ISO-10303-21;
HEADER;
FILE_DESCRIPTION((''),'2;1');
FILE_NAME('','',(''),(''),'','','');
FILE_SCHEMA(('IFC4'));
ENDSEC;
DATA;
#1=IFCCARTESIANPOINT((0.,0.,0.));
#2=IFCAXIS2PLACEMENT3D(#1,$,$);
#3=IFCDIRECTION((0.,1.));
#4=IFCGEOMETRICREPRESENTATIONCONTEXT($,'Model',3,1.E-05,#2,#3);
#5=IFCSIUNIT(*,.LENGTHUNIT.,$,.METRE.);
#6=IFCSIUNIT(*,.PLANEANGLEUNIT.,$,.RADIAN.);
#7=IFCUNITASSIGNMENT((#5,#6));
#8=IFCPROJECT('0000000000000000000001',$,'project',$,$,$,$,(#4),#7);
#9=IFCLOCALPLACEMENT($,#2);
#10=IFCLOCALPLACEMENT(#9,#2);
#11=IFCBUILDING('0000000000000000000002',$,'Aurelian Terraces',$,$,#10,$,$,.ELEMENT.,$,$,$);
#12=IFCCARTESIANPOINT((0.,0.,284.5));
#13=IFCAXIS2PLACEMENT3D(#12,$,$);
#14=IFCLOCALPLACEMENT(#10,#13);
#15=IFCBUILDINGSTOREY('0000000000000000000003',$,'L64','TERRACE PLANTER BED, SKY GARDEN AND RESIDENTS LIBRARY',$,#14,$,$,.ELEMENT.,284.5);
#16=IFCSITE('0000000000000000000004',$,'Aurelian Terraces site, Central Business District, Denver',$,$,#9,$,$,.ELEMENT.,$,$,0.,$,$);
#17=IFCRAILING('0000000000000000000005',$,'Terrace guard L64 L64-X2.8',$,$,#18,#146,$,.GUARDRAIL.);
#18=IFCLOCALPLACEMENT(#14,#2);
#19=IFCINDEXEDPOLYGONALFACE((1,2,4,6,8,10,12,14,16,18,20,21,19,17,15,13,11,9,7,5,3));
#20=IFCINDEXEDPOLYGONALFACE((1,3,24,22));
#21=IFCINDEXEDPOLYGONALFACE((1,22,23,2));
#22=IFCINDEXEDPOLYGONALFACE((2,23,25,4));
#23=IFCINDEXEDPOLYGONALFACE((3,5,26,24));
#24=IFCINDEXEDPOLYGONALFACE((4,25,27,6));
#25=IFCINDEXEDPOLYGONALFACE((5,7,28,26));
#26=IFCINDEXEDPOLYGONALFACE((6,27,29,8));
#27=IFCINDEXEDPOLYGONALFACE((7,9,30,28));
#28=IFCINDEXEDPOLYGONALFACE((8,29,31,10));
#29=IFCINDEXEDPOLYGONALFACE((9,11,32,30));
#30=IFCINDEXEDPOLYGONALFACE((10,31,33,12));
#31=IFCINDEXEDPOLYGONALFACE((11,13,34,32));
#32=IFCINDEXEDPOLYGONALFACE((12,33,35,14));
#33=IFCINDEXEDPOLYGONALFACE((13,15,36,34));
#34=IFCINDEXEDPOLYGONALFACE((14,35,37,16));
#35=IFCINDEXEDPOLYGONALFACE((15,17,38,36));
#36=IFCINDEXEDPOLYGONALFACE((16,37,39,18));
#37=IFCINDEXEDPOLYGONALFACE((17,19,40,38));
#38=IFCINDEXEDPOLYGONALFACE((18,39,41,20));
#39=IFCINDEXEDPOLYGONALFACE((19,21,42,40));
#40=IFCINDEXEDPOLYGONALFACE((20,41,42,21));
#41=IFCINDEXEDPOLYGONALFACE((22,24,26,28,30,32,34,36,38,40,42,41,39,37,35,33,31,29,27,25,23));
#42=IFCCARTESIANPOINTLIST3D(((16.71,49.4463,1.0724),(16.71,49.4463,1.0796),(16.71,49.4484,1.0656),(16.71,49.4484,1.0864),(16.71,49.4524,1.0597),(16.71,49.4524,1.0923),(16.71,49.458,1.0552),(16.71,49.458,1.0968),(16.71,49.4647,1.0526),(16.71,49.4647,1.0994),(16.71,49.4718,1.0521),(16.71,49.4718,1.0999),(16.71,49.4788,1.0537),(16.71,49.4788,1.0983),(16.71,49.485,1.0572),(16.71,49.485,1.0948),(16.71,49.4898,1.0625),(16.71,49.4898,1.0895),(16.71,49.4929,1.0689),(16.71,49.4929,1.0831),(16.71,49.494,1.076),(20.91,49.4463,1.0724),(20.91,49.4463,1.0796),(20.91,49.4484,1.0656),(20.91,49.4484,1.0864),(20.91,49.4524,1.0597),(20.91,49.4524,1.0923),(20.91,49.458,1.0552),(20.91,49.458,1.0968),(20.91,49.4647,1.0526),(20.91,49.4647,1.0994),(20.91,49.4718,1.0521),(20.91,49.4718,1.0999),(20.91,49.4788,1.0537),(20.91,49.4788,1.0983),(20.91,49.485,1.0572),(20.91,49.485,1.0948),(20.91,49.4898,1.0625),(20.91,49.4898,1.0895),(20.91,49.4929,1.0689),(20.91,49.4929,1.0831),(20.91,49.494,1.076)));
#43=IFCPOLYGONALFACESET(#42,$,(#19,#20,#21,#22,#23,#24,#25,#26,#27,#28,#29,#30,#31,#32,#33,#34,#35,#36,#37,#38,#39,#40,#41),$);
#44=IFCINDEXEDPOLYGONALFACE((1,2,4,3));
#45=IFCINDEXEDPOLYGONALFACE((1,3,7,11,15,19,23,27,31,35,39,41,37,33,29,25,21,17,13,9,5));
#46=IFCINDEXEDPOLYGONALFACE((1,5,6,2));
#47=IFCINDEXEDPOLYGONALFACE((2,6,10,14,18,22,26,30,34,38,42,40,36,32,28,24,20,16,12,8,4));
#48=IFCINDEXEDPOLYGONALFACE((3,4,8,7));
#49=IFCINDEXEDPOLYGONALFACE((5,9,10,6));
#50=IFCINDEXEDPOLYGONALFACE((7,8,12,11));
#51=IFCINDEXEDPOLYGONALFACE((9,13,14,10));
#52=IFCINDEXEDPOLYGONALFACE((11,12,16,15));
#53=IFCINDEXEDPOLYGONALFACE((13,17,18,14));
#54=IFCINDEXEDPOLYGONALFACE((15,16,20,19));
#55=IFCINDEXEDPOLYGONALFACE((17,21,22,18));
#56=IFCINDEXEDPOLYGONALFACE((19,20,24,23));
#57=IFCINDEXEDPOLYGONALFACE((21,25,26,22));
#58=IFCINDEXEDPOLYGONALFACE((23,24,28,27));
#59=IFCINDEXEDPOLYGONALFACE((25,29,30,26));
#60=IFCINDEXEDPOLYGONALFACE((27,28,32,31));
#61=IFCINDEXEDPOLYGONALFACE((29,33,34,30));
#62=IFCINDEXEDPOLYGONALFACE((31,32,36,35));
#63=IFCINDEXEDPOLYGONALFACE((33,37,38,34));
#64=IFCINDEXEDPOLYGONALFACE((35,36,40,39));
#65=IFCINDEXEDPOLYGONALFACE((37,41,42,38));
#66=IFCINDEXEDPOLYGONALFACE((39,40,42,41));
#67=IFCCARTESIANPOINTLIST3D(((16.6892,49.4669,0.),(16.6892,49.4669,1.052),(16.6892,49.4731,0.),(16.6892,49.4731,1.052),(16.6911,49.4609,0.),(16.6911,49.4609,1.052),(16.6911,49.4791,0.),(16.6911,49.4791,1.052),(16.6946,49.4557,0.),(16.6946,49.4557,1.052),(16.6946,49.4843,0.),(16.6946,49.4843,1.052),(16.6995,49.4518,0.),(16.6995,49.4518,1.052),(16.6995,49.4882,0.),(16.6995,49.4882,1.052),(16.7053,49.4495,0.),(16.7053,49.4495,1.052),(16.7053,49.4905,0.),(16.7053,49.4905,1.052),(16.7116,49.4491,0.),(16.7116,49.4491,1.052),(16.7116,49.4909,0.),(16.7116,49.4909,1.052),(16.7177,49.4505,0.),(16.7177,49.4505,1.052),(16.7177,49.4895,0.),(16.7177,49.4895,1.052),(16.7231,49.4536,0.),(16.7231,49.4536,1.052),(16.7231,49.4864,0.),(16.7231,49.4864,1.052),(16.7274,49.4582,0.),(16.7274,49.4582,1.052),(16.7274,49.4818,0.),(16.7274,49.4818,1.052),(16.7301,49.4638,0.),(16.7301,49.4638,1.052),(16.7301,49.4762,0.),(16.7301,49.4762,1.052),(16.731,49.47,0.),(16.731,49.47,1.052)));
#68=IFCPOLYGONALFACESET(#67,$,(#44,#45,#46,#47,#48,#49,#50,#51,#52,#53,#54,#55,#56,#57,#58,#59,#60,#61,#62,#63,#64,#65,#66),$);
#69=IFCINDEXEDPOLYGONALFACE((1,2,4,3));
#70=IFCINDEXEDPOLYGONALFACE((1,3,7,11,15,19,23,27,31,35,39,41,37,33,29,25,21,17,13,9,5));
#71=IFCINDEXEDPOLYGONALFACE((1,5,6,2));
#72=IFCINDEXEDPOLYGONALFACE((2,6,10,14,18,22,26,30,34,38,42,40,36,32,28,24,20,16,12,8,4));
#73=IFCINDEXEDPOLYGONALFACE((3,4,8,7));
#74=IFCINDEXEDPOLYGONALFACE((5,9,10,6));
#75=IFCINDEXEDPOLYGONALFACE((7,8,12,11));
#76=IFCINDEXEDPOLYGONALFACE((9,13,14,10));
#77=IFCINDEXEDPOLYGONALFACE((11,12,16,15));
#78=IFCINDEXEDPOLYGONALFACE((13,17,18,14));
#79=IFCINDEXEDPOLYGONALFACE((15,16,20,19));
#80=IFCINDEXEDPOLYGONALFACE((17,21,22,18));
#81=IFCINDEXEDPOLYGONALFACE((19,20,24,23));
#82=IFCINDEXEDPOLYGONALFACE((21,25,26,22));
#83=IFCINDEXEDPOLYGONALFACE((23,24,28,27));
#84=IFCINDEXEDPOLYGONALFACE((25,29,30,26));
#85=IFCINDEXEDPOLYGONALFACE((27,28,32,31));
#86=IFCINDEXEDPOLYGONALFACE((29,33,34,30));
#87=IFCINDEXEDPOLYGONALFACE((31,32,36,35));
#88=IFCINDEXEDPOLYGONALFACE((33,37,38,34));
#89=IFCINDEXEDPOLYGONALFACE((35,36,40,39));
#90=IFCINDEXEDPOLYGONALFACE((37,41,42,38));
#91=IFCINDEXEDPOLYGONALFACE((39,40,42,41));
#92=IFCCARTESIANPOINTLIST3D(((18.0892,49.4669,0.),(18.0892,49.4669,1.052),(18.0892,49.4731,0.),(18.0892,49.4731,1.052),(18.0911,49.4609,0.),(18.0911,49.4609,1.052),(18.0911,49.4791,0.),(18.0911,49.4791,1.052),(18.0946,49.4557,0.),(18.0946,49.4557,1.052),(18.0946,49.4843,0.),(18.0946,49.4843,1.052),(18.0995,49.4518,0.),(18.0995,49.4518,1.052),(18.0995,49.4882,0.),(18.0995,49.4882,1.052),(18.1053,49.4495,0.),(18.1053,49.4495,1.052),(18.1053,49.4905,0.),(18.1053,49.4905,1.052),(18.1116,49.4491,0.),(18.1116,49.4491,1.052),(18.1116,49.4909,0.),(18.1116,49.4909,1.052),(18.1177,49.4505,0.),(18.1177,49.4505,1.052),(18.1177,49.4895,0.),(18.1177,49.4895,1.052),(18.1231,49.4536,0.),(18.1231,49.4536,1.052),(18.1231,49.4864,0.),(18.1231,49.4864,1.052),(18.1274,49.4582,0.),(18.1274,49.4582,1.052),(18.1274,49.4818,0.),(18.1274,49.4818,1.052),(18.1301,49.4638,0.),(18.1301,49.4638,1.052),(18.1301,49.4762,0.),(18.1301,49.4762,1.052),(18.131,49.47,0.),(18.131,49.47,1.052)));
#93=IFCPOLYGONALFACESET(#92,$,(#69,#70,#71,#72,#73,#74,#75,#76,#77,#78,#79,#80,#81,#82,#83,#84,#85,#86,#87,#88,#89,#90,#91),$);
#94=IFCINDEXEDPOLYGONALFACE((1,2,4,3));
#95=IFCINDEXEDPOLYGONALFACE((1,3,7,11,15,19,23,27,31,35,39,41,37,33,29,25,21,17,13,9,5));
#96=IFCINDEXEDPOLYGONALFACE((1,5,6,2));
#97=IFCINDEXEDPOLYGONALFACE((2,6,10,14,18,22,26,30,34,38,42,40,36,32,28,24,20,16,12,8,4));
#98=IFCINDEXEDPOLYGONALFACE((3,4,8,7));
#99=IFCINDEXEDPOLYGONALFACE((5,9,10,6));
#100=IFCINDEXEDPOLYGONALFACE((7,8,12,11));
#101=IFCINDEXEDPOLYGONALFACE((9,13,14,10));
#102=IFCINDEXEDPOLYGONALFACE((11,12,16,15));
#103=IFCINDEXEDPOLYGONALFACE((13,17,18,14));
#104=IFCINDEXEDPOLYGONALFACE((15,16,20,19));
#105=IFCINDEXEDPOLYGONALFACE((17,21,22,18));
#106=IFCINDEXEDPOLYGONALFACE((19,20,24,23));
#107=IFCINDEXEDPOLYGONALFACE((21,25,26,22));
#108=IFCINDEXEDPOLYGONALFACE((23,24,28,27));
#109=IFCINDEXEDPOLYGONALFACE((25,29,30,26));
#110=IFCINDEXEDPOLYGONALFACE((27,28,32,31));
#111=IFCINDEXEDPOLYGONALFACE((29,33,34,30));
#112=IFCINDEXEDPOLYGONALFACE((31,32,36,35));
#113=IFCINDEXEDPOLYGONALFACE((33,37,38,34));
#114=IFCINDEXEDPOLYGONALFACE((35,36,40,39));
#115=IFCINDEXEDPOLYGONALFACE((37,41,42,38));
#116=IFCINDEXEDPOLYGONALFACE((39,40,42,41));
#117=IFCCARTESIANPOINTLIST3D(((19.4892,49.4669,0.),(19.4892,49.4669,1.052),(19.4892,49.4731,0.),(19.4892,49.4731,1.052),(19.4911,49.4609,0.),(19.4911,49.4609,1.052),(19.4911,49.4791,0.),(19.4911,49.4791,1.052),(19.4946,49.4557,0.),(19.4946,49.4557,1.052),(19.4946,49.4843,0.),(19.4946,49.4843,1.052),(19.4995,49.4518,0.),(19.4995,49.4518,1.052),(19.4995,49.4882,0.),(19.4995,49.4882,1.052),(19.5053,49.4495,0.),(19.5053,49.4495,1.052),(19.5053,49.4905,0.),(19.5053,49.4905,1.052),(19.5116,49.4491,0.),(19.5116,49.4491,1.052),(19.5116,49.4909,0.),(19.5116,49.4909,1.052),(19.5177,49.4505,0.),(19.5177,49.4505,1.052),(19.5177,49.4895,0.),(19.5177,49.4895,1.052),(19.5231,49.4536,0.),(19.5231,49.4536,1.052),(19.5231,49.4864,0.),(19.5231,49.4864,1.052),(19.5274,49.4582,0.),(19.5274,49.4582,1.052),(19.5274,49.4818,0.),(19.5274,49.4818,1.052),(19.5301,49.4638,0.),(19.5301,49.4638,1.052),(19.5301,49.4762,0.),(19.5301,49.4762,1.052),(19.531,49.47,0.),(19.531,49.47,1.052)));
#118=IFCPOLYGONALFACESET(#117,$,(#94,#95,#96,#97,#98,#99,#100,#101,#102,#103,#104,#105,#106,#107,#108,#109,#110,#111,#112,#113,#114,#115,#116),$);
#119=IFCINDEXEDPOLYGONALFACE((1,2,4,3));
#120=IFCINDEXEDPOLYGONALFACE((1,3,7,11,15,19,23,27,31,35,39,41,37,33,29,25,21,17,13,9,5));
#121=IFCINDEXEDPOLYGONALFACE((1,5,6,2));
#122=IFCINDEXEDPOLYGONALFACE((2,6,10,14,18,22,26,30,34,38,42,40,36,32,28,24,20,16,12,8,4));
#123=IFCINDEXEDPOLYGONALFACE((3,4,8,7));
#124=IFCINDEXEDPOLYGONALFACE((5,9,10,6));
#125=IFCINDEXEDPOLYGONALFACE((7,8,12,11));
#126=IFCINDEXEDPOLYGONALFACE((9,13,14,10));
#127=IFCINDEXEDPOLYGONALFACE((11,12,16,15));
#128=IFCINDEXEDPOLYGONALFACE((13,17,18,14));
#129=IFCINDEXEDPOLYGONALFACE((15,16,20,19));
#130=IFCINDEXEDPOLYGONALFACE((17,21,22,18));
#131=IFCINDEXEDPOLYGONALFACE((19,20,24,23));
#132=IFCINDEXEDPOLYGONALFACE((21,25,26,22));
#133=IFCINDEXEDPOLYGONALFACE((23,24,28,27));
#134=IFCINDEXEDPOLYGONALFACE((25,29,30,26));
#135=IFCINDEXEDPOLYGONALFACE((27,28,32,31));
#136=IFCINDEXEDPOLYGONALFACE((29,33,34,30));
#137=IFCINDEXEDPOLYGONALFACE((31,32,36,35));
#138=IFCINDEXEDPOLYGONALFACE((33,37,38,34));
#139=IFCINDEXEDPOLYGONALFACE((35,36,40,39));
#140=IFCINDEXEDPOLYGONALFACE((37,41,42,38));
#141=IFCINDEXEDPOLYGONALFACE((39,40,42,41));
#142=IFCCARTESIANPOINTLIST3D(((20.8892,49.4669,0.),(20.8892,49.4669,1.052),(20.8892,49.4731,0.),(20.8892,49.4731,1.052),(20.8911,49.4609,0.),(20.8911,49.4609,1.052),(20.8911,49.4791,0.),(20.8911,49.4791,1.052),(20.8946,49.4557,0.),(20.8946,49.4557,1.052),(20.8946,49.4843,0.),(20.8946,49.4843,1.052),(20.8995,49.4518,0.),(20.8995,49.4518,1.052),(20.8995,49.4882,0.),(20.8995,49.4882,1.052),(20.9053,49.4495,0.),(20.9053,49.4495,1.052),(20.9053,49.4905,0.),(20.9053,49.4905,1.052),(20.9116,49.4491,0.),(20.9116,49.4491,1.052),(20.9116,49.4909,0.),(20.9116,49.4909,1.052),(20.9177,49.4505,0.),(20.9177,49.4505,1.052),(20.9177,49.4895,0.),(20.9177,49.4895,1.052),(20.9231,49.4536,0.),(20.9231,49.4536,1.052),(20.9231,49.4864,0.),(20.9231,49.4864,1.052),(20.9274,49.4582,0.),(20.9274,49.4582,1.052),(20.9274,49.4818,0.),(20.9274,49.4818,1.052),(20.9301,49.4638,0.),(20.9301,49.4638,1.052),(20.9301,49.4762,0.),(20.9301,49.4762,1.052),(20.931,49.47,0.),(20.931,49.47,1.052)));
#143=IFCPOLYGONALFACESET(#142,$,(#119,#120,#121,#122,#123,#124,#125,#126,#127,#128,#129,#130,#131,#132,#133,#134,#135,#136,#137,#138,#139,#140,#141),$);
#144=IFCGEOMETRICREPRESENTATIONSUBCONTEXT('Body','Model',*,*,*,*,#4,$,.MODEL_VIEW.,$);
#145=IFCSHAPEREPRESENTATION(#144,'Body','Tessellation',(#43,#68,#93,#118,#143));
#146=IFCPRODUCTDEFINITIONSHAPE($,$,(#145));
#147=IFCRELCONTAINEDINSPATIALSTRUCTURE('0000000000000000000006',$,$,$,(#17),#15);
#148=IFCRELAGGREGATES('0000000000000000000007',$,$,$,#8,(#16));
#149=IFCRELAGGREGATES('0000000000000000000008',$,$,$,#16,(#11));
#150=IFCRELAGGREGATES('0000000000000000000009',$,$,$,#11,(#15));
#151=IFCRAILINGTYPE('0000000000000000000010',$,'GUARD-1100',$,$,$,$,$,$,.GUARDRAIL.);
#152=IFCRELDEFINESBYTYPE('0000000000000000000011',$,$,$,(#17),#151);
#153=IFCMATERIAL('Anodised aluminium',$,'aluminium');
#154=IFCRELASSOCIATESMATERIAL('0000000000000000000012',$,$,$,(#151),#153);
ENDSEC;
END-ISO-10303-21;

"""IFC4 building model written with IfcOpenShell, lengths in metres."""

from ifc_helpers import new_model, si_unit, direction, frame, origin, origin_2d, place, context, subcontext, project, spatial, circle, extrude, source, transform, mapped, material, type_object, element, save


model = new_model("IFC4")

# Units and contexts
model_context = context("Model", 3, precision=1e-05, world=origin(), true_north=direction((0.0, 1.0)))
body_context = subcontext(model_context, "Body", "Model", "MODEL_VIEW")
ifc_project = project(units=[si_unit("LENGTHUNIT", "METRE"), si_unit("PLANEANGLEUNIT", "RADIAN")], contexts=[model_context])

# Site, building, storey
site_placement = place(None, origin())
site = spatial("IfcSite", under=ifc_project, at=site_placement, Name="Aurelian Terraces site, Central Business District, Denver", CompositionType="ELEMENT", RefElevation=0.0)
building_placement = place(site_placement, origin())
building = spatial("IfcBuilding", under=site, at=building_placement, Name="Aurelian Terraces", CompositionType="ELEMENT")
storey_placement = place(building_placement, frame((0.0, 0.0, 284.5)))
storey = spatial("IfcBuildingStorey", under=building, at=storey_placement, Name="L64", Description="TERRACE PLANTER BED, SKY GARDEN AND RESIDENTS LIBRARY", CompositionType="ELEMENT", Elevation=284.5)

# Railing
ifc_material_1 = material(Name="Anodised aluminium", Category="aluminium")
railing_type_1 = type_object("IfcRailingType", Name="GUARD-1100", PredefinedType="GUARDRAIL", material=ifc_material_1)
shared_shape_1 = source(origin(), body_context, "Body", "SweptSolid", [
    extrude(circle(Radius=0.024, at=origin_2d()), frame((0.0, 0.0, 1.076), z_axis=(1.0, 0.0, 0.0), x_axis=(0.0, 1.0, 0.0)), (0.0, 0.0, 1.0), 4.2),
    extrude(circle(Radius=0.021, at=origin_2d()), origin(), (0.0, 0.0, 1.0), 1.052),
    extrude(circle(Radius=0.021, at=origin_2d()), frame((1.4, 0.0, 0.0)), (0.0, 0.0, 1.0), 1.052),
    extrude(circle(Radius=0.021, at=origin_2d()), frame((2.8, 0.0, 0.0)), (0.0, 0.0, 1.0), 1.052),
    extrude(circle(Radius=0.021, at=origin_2d()), frame((4.2, 0.0, 0.0)), (0.0, 0.0, 1.0), 1.052),
])
railing_1_placement = place(storey_placement, frame((16.71, 49.47, 0.0)))
element("IfcRailing", 1, at=railing_1_placement, inside=storey, type_object=railing_type_1, Name="Terrace guard L64 L64-X2.8", PredefinedType="GUARDRAIL", context=body_context, shape_type="MappedRepresentation", body=[
    mapped(shared_shape_1, transform((0.0, 0.0, 0.0), scale=1.0)),
])

save(model, "model.ifc")
